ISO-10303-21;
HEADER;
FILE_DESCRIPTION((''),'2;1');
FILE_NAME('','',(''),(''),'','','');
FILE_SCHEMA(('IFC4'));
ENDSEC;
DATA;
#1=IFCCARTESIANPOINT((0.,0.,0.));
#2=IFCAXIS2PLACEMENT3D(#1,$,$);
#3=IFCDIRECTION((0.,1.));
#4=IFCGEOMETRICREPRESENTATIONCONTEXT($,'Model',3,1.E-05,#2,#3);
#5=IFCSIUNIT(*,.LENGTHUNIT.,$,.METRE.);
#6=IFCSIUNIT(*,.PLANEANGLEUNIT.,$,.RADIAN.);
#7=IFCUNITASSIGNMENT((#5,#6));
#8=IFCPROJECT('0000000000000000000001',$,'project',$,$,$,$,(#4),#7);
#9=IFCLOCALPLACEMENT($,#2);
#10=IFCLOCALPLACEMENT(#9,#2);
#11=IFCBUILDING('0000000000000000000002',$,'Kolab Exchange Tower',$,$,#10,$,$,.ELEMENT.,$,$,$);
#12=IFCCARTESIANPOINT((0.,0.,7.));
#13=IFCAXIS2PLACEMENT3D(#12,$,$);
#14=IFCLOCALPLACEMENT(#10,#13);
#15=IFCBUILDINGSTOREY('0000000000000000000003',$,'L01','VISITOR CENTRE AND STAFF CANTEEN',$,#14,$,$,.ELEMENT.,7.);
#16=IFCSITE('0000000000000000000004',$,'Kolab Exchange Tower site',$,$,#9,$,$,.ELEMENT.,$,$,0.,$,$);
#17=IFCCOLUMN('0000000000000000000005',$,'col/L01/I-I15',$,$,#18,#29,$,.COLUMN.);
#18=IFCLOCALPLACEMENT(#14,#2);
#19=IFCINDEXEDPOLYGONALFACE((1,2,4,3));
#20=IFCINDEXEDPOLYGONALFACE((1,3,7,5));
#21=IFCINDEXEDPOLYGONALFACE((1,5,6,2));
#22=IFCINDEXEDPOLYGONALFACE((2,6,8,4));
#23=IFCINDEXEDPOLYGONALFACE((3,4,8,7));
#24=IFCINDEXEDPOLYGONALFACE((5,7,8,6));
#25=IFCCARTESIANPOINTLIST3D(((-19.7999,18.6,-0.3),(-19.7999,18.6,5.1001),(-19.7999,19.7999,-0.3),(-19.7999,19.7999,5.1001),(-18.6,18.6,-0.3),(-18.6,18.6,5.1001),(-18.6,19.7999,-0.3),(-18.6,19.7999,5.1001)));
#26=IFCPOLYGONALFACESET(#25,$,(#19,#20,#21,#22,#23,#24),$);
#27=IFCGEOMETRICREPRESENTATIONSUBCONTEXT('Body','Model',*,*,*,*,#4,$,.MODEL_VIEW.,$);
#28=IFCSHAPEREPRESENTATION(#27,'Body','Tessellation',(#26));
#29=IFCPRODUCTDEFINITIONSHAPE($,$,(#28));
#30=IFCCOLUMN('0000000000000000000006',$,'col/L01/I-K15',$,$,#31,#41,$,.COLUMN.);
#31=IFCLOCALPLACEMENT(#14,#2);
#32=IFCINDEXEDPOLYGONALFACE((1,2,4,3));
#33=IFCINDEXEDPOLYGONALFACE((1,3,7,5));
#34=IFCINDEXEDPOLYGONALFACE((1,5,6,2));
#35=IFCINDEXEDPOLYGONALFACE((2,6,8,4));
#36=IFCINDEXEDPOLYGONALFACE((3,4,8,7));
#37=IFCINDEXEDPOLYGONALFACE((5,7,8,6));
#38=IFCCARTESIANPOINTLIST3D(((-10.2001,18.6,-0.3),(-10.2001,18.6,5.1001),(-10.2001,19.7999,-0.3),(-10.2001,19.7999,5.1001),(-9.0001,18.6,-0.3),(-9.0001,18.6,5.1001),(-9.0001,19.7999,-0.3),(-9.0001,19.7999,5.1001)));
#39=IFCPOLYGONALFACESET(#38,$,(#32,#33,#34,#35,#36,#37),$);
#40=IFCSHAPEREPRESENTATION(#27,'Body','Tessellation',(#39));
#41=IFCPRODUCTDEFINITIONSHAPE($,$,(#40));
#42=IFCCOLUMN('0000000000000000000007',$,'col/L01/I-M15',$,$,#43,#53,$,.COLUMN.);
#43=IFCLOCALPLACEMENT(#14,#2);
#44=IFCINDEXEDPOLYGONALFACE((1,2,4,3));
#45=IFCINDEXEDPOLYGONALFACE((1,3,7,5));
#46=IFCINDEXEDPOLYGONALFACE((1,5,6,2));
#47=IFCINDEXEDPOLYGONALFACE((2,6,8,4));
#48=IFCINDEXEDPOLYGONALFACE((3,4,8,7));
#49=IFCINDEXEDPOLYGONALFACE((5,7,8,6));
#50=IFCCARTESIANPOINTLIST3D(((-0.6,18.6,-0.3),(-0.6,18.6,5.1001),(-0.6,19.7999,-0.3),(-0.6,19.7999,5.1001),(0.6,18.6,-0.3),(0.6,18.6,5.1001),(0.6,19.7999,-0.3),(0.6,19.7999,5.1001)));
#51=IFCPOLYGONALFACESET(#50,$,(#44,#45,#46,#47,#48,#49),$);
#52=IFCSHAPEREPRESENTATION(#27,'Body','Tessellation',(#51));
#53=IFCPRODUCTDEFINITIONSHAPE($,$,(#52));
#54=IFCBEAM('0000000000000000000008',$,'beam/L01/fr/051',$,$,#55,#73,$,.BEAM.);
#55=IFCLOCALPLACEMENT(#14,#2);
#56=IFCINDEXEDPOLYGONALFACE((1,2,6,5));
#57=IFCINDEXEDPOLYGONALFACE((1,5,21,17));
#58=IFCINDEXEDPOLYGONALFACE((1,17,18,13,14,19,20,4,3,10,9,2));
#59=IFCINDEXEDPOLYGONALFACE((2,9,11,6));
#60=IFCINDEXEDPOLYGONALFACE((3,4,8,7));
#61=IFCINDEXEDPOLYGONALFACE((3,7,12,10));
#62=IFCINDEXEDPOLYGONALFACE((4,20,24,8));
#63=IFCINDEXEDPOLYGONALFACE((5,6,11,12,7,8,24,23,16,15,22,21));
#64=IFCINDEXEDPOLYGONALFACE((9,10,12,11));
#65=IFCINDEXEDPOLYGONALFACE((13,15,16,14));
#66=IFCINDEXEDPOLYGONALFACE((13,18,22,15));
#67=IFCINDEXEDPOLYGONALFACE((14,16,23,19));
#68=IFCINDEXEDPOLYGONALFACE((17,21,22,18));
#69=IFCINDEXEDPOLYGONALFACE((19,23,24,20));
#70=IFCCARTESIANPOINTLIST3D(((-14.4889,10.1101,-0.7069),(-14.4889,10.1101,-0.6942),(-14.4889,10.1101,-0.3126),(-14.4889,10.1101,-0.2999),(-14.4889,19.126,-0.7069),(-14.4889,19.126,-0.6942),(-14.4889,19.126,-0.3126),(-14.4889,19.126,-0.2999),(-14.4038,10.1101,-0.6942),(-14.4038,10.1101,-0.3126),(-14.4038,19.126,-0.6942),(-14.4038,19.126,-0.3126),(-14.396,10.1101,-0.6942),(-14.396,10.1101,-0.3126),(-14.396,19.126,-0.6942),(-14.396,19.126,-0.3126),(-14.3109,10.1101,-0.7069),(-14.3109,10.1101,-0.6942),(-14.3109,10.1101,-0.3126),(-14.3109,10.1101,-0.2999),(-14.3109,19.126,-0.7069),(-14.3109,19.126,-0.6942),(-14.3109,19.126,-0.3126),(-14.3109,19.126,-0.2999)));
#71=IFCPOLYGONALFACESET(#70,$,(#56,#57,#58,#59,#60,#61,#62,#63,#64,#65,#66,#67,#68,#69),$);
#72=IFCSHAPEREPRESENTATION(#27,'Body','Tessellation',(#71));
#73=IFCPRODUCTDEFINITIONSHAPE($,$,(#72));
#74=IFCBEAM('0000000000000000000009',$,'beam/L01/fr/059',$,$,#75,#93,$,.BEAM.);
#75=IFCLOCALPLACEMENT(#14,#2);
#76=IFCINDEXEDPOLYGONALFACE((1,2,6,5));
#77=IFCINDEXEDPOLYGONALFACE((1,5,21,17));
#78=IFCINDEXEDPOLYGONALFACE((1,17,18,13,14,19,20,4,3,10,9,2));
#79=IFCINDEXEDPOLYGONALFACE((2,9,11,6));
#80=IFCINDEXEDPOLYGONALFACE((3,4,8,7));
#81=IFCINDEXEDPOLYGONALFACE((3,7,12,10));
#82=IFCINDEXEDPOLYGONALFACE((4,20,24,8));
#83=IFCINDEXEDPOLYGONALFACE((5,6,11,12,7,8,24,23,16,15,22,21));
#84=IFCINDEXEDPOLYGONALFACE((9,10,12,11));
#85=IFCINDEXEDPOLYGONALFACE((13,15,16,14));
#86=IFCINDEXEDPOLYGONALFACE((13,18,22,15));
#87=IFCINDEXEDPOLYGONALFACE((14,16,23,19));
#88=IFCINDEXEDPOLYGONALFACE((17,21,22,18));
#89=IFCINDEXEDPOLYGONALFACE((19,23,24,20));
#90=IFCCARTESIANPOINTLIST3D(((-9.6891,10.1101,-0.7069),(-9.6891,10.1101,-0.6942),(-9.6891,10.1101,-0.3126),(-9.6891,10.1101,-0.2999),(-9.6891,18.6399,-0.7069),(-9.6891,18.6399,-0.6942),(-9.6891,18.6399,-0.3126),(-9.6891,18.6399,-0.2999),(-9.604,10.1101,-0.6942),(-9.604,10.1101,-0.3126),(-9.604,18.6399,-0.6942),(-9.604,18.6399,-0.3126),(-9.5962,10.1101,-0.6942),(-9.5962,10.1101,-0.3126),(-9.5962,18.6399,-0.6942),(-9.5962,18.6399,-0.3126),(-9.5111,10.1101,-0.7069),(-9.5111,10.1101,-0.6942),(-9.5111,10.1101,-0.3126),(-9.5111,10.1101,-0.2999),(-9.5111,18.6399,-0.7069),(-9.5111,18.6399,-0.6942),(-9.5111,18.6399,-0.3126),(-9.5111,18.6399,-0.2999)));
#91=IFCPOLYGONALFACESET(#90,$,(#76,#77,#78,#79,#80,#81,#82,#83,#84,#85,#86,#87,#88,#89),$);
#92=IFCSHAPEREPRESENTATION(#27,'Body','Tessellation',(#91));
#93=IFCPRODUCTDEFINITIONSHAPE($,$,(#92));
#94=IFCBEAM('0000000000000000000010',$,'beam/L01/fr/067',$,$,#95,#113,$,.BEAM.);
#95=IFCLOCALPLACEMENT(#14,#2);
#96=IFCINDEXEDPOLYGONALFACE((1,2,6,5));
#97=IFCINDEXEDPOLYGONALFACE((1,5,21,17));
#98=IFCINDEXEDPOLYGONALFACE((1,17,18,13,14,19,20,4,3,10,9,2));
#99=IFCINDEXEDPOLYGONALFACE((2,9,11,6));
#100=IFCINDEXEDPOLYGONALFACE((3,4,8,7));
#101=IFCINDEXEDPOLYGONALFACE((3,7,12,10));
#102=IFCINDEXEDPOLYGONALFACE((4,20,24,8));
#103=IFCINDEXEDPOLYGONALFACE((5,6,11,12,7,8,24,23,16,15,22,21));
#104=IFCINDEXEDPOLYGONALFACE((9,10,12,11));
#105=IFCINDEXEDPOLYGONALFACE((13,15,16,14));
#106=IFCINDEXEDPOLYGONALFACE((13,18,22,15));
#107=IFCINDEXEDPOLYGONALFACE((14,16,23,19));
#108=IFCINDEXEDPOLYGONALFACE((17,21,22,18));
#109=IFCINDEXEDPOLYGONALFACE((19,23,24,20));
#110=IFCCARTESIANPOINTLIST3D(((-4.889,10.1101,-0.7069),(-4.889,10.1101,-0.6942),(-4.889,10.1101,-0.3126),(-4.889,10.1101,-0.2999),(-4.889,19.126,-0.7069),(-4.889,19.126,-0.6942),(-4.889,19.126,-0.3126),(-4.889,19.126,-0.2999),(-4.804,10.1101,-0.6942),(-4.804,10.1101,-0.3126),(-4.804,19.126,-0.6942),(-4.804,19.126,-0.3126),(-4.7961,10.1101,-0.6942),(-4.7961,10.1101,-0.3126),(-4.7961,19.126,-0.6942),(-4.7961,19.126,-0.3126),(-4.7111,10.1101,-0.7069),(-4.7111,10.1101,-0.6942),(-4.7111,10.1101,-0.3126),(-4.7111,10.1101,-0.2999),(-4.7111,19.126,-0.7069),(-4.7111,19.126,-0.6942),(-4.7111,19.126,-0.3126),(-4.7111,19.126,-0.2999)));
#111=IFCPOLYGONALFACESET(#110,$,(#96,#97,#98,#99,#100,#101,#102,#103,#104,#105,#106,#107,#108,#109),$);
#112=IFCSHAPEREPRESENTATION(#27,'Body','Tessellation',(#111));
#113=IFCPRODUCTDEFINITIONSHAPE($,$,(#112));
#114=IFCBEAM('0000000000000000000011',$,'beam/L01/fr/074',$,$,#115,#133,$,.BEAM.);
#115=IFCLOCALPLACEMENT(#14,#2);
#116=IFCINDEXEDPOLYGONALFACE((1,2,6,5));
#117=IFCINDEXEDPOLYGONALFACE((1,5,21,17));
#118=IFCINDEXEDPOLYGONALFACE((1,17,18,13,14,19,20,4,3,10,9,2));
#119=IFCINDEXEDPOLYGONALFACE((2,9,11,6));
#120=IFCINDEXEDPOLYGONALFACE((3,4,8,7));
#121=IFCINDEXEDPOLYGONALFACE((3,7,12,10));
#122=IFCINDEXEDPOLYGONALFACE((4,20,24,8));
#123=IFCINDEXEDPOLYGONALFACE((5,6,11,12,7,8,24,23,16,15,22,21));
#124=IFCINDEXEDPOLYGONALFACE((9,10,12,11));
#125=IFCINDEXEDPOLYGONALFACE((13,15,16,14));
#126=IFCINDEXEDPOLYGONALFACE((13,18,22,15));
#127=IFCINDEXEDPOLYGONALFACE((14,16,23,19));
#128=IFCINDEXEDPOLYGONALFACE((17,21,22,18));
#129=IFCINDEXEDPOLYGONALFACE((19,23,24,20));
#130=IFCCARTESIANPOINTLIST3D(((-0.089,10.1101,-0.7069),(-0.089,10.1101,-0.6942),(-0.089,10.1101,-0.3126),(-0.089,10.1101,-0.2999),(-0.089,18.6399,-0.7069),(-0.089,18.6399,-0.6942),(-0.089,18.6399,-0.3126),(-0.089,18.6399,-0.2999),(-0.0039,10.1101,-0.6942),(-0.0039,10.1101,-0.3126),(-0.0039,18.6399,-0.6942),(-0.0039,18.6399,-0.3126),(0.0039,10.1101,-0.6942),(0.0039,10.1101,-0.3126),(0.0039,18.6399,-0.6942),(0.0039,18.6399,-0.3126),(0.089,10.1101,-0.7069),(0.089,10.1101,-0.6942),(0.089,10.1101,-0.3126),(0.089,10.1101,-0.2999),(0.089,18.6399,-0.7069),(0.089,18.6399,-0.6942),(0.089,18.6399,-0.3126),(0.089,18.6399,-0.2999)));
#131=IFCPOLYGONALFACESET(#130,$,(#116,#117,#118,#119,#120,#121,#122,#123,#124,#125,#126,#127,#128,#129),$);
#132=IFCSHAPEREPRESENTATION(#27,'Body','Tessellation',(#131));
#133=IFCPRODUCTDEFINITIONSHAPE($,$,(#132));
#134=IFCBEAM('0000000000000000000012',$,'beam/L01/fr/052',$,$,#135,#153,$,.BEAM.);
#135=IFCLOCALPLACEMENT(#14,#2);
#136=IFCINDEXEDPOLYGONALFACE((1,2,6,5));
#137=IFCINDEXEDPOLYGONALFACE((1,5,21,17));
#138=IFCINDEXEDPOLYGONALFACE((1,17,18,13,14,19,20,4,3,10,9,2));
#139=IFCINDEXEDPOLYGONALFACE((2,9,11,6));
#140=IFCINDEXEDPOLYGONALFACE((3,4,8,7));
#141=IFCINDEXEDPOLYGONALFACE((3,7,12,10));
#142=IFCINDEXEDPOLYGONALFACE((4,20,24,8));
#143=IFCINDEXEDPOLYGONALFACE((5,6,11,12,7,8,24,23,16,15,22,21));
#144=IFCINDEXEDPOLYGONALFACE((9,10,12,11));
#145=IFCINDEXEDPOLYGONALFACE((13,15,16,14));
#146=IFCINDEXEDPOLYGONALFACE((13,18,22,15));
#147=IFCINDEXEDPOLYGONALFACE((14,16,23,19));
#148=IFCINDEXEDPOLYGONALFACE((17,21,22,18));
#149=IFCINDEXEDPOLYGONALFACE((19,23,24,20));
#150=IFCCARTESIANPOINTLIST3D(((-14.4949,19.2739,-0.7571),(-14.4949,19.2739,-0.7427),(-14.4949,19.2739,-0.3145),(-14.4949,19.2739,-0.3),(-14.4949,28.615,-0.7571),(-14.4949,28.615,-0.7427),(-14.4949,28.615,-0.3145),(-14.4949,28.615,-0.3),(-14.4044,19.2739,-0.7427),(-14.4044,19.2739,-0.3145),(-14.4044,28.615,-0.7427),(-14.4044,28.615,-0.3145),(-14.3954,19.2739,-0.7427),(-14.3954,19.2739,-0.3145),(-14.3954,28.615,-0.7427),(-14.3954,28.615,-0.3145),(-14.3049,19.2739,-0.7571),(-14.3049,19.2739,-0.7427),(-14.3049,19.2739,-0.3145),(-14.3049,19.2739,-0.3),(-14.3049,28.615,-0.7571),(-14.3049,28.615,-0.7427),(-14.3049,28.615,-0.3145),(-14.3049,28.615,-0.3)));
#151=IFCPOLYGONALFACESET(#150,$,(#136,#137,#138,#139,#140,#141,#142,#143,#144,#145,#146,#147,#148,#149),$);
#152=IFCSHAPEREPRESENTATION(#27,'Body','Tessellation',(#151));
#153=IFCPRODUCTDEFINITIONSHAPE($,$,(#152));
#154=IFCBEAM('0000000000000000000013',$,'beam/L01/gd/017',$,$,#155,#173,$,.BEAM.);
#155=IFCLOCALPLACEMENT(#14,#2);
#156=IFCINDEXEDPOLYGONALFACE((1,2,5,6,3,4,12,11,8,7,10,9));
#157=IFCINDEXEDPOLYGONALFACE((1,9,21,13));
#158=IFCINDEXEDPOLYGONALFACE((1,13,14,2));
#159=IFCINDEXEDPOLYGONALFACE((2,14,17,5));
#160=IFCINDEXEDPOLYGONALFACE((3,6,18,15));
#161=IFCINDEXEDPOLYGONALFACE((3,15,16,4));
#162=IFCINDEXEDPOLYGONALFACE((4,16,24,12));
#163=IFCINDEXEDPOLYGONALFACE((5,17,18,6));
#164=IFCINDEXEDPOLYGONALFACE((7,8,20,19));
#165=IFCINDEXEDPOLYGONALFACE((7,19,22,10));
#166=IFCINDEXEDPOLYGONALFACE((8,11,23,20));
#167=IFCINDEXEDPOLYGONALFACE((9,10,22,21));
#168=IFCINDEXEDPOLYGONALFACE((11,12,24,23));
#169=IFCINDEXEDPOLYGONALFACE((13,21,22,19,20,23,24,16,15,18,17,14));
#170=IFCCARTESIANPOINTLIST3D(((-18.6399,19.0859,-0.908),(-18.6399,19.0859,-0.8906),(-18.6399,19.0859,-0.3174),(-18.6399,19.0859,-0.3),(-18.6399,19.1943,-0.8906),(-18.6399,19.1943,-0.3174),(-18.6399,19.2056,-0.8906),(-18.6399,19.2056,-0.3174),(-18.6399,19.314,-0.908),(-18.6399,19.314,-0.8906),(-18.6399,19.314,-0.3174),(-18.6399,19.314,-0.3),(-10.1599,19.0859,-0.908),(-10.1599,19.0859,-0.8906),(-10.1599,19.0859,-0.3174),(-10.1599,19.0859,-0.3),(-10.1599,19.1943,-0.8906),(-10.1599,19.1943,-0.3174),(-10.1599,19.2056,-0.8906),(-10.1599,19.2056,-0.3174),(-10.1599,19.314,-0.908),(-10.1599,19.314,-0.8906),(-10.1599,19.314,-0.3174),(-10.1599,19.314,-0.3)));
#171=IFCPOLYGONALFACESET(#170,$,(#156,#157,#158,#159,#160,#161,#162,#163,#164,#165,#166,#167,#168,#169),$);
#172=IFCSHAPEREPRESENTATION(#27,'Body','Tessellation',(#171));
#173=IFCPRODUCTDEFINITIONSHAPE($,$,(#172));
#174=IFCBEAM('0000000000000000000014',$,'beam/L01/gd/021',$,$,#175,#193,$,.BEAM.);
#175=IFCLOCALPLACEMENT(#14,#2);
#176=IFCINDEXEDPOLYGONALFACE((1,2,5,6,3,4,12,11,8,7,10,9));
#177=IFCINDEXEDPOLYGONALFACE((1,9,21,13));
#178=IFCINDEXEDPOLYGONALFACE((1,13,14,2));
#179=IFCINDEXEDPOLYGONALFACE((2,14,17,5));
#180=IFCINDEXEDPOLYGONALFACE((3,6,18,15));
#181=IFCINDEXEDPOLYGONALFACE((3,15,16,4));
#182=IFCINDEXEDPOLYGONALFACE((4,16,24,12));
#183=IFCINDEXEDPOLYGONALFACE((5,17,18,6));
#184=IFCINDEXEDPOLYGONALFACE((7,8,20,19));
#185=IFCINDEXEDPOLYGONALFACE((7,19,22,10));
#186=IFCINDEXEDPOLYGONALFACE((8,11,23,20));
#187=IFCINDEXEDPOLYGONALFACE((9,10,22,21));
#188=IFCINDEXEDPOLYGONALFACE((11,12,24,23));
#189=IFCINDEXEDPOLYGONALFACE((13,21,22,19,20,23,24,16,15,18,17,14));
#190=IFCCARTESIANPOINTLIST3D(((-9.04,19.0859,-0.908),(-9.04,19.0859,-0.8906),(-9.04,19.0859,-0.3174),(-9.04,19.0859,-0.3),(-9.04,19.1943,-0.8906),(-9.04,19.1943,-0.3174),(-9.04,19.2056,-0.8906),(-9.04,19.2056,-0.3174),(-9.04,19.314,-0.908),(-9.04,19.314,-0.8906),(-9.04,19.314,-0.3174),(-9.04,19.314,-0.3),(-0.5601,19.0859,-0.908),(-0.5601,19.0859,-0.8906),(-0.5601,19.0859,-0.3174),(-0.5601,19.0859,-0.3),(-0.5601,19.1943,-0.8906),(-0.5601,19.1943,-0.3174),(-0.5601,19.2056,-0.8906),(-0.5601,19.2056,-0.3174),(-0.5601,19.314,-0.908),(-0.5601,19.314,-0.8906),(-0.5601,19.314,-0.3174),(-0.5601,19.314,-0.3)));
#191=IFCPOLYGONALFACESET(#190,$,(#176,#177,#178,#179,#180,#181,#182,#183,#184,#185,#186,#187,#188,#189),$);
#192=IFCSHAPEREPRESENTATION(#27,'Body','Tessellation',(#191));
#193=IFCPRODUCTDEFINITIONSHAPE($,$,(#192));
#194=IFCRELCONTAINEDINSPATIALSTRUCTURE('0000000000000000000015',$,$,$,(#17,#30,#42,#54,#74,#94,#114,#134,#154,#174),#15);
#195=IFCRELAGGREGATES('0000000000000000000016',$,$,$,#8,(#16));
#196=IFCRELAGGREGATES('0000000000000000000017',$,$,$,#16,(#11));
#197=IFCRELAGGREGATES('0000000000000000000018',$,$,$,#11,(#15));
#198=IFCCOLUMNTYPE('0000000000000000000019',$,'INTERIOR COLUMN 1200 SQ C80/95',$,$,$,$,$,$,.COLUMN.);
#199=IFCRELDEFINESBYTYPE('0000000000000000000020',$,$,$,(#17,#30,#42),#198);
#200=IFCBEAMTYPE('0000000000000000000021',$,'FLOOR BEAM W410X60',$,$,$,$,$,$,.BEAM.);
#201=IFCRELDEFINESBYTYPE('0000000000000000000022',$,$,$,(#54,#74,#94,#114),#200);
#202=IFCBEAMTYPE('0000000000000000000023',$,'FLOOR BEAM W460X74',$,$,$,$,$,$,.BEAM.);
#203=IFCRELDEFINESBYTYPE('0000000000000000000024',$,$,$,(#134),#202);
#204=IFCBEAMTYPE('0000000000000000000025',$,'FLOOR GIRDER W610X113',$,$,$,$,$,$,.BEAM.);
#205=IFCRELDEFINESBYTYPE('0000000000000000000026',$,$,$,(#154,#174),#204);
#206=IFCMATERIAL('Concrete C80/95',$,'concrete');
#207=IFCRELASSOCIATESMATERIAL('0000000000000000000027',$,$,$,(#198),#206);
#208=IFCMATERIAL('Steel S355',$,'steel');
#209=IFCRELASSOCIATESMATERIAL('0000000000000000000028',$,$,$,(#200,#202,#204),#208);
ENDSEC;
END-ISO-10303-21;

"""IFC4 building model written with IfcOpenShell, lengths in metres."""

from ifc_helpers import new_model, si_unit, direction, frame, origin, origin_2d, place, context, subcontext, project, spatial, rectangle, i_section, extrude, material, material_profile, profile_set, type_object, element, save


model = new_model("IFC4")

# Units and contexts
model_context = context("Model", 3, precision=1e-05, world=origin(), true_north=direction((0.0, 1.0)))
body_context = subcontext(model_context, "Body", "Model", "MODEL_VIEW")
ifc_project = project(units=[si_unit("LENGTHUNIT", "METRE"), si_unit("PLANEANGLEUNIT", "RADIAN")], contexts=[model_context])

# Site, building, storey
site_placement = place(None, origin())
site = spatial("IfcSite", under=ifc_project, at=site_placement, Name="Kolab Exchange Tower site", CompositionType="ELEMENT", RefElevation=0.0)
building_placement = place(site_placement, origin())
building = spatial("IfcBuilding", under=site, at=building_placement, Name="Kolab Exchange Tower", CompositionType="ELEMENT")
storey_placement = place(building_placement, frame((0.0, 0.0, 7.0)))
storey = spatial("IfcBuildingStorey", under=building, at=storey_placement, Name="L01", Description="VISITOR CENTRE AND STAFF CANTEEN", CompositionType="ELEMENT", Elevation=7.0)

# Columns
ifc_material_1 = material(Name="Concrete C80/95", Category="concrete")
ifc_material_profile_1 = material_profile(ifc_material_1, rectangle(XDim=1.2, YDim=1.2, at=origin_2d()), Name="RC1200")
ifc_profile_set_1 = profile_set([ifc_material_profile_1], Name="Concrete C80/95")
column_type = type_object("IfcColumnType", Name="INTERIOR COLUMN 1200 SQ C80/95", PredefinedType="COLUMN", material=ifc_profile_set_1)
for number, where, z_axis, x_axis, name in (
    (1, (-19.2, 19.2, -0.3), (0.0, 0.0, 1.0), (1.0, 0.0, 0.0), "col/L01/I-I15"),
    (2, (-9.6001, 19.2, -0.3), (0.0, 0.0, 1.0), (1.0, 0.0, 0.0), "col/L01/I-K15"),
    (3, (0.0, 19.2, -0.3), (0.0, 0.0, 1.0), (1.0, 0.0, 0.0), "col/L01/I-M15"),
):
    element("IfcColumn", number, at=place(storey_placement, frame(where, z_axis=z_axis, x_axis=x_axis)), inside=storey, type_object=column_type, Name=name, PredefinedType="COLUMN", context=body_context, shape_type="SweptSolid", body=[
        extrude(rectangle(XDim=1.2, YDim=1.2, at=origin_2d()), origin(), (0.0, 0.0, 1.0), 5.4001),
    ])

# Beams
ifc_material_2 = material(Name="Steel S355", Category="steel")
ifc_material_profile_2 = material_profile(ifc_material_2, i_section(OverallWidth=0.178, OverallDepth=0.407, WebThickness=0.0078, FlangeThickness=0.0127, at=origin_2d()), Name="W410X60")
ifc_profile_set_2 = profile_set([ifc_material_profile_2], Name="Steel S355")
beam_type_1 = type_object("IfcBeamType", Name="FLOOR BEAM W410X60", PredefinedType="BEAM", material=ifc_profile_set_2)
beam_1_placement = place(storey_placement, frame((-14.3999, 10.1101, -0.5034), z_axis=(0.0, 1.0, 0.0), x_axis=(-1.0, 0.0, 0.0)))
element("IfcBeam", 4, at=beam_1_placement, inside=storey, type_object=beam_type_1, Name="beam/L01/fr/051", PredefinedType="BEAM", context=body_context, shape_type="SweptSolid", body=[
    extrude(i_section(OverallWidth=0.178, OverallDepth=0.407, WebThickness=0.0078, FlangeThickness=0.0127, at=origin_2d()), origin(), (0.0, 0.0, 1.0), 9.0159),
])
beam_2_placement = place(storey_placement, frame((-9.6001, 10.1101, -0.5034), z_axis=(0.0, 1.0, 0.0), x_axis=(-1.0, 0.0, 0.0)))
element("IfcBeam", 5, at=beam_2_placement, inside=storey, type_object=beam_type_1, Name="beam/L01/fr/059", PredefinedType="BEAM", context=body_context, shape_type="SweptSolid", body=[
    extrude(i_section(OverallWidth=0.178, OverallDepth=0.407, WebThickness=0.0078, FlangeThickness=0.0127, at=origin_2d()), origin(), (0.0, 0.0, 1.0), 8.5298),
])
beam_3_placement = place(storey_placement, frame((-4.8, 10.1101, -0.5034), z_axis=(0.0, 1.0, 0.0), x_axis=(-1.0, 0.0, 0.0)))
element("IfcBeam", 6, at=beam_3_placement, inside=storey, type_object=beam_type_1, Name="beam/L01/fr/067", PredefinedType="BEAM", context=body_context, shape_type="SweptSolid", body=[
    extrude(i_section(OverallWidth=0.178, OverallDepth=0.407, WebThickness=0.0078, FlangeThickness=0.0127, at=origin_2d()), origin(), (0.0, 0.0, 1.0), 9.0159),
])
beam_4_placement = place(storey_placement, frame((0.0, 10.1101, -0.5034), z_axis=(0.0, 1.0, 0.0), x_axis=(-1.0, 0.0, 0.0)))
element("IfcBeam", 7, at=beam_4_placement, inside=storey, type_object=beam_type_1, Name="beam/L01/fr/074", PredefinedType="BEAM", context=body_context, shape_type="SweptSolid", body=[
    extrude(i_section(OverallWidth=0.178, OverallDepth=0.407, WebThickness=0.0078, FlangeThickness=0.0127, at=origin_2d()), origin(), (0.0, 0.0, 1.0), 8.5298),
])
ifc_material_profile_3 = material_profile(ifc_material_2, i_section(OverallWidth=0.1899, OverallDepth=0.457, WebThickness=0.009, FlangeThickness=0.0144, at=origin_2d()), Name="W460X74")
ifc_profile_set_3 = profile_set([ifc_material_profile_3], Name="Steel S355")
beam_type_2 = type_object("IfcBeamType", Name="FLOOR BEAM W460X74", PredefinedType="BEAM", material=ifc_profile_set_3)
beam_5_placement = place(storey_placement, frame((-14.3999, 19.2739, -0.5286), z_axis=(0.0, 1.0, 0.0), x_axis=(-1.0, 0.0, 0.0)))
element("IfcBeam", 8, at=beam_5_placement, inside=storey, type_object=beam_type_2, Name="beam/L01/fr/052", PredefinedType="BEAM", context=body_context, shape_type="SweptSolid", body=[
    extrude(i_section(OverallWidth=0.1899, OverallDepth=0.457, WebThickness=0.009, FlangeThickness=0.0144, at=origin_2d()), origin(), (0.0, 0.0, 1.0), 9.3411),
])
ifc_material_profile_4 = material_profile(ifc_material_2, i_section(OverallWidth=0.228, OverallDepth=0.6079, WebThickness=0.0112, FlangeThickness=0.0173, at=origin_2d()), Name="W610X113")
ifc_profile_set_4 = profile_set([ifc_material_profile_4], Name="Steel S355")
beam_type_3 = type_object("IfcBeamType", Name="FLOOR GIRDER W610X113", PredefinedType="BEAM", material=ifc_profile_set_4)
for number, where, z_axis, x_axis, name in (
    (9, (-18.6399, 19.2, -0.604), (1.0, 0.0, 0.0), (0.0, 1.0, 0.0), "beam/L01/gd/017"),
    (10, (-9.04, 19.2, -0.604), (1.0, 0.0, 0.0), (0.0, 1.0, 0.0), "beam/L01/gd/021"),
):
    element("IfcBeam", number, at=place(storey_placement, frame(where, z_axis=z_axis, x_axis=x_axis)), inside=storey, type_object=beam_type_3, Name=name, PredefinedType="BEAM", context=body_context, shape_type="SweptSolid", body=[
        extrude(i_section(OverallWidth=0.228, OverallDepth=0.6079, WebThickness=0.0112, FlangeThickness=0.0173, at=origin_2d()), origin(), (0.0, 0.0, 1.0), 8.48),
    ])

save(model, "model.ifc")
